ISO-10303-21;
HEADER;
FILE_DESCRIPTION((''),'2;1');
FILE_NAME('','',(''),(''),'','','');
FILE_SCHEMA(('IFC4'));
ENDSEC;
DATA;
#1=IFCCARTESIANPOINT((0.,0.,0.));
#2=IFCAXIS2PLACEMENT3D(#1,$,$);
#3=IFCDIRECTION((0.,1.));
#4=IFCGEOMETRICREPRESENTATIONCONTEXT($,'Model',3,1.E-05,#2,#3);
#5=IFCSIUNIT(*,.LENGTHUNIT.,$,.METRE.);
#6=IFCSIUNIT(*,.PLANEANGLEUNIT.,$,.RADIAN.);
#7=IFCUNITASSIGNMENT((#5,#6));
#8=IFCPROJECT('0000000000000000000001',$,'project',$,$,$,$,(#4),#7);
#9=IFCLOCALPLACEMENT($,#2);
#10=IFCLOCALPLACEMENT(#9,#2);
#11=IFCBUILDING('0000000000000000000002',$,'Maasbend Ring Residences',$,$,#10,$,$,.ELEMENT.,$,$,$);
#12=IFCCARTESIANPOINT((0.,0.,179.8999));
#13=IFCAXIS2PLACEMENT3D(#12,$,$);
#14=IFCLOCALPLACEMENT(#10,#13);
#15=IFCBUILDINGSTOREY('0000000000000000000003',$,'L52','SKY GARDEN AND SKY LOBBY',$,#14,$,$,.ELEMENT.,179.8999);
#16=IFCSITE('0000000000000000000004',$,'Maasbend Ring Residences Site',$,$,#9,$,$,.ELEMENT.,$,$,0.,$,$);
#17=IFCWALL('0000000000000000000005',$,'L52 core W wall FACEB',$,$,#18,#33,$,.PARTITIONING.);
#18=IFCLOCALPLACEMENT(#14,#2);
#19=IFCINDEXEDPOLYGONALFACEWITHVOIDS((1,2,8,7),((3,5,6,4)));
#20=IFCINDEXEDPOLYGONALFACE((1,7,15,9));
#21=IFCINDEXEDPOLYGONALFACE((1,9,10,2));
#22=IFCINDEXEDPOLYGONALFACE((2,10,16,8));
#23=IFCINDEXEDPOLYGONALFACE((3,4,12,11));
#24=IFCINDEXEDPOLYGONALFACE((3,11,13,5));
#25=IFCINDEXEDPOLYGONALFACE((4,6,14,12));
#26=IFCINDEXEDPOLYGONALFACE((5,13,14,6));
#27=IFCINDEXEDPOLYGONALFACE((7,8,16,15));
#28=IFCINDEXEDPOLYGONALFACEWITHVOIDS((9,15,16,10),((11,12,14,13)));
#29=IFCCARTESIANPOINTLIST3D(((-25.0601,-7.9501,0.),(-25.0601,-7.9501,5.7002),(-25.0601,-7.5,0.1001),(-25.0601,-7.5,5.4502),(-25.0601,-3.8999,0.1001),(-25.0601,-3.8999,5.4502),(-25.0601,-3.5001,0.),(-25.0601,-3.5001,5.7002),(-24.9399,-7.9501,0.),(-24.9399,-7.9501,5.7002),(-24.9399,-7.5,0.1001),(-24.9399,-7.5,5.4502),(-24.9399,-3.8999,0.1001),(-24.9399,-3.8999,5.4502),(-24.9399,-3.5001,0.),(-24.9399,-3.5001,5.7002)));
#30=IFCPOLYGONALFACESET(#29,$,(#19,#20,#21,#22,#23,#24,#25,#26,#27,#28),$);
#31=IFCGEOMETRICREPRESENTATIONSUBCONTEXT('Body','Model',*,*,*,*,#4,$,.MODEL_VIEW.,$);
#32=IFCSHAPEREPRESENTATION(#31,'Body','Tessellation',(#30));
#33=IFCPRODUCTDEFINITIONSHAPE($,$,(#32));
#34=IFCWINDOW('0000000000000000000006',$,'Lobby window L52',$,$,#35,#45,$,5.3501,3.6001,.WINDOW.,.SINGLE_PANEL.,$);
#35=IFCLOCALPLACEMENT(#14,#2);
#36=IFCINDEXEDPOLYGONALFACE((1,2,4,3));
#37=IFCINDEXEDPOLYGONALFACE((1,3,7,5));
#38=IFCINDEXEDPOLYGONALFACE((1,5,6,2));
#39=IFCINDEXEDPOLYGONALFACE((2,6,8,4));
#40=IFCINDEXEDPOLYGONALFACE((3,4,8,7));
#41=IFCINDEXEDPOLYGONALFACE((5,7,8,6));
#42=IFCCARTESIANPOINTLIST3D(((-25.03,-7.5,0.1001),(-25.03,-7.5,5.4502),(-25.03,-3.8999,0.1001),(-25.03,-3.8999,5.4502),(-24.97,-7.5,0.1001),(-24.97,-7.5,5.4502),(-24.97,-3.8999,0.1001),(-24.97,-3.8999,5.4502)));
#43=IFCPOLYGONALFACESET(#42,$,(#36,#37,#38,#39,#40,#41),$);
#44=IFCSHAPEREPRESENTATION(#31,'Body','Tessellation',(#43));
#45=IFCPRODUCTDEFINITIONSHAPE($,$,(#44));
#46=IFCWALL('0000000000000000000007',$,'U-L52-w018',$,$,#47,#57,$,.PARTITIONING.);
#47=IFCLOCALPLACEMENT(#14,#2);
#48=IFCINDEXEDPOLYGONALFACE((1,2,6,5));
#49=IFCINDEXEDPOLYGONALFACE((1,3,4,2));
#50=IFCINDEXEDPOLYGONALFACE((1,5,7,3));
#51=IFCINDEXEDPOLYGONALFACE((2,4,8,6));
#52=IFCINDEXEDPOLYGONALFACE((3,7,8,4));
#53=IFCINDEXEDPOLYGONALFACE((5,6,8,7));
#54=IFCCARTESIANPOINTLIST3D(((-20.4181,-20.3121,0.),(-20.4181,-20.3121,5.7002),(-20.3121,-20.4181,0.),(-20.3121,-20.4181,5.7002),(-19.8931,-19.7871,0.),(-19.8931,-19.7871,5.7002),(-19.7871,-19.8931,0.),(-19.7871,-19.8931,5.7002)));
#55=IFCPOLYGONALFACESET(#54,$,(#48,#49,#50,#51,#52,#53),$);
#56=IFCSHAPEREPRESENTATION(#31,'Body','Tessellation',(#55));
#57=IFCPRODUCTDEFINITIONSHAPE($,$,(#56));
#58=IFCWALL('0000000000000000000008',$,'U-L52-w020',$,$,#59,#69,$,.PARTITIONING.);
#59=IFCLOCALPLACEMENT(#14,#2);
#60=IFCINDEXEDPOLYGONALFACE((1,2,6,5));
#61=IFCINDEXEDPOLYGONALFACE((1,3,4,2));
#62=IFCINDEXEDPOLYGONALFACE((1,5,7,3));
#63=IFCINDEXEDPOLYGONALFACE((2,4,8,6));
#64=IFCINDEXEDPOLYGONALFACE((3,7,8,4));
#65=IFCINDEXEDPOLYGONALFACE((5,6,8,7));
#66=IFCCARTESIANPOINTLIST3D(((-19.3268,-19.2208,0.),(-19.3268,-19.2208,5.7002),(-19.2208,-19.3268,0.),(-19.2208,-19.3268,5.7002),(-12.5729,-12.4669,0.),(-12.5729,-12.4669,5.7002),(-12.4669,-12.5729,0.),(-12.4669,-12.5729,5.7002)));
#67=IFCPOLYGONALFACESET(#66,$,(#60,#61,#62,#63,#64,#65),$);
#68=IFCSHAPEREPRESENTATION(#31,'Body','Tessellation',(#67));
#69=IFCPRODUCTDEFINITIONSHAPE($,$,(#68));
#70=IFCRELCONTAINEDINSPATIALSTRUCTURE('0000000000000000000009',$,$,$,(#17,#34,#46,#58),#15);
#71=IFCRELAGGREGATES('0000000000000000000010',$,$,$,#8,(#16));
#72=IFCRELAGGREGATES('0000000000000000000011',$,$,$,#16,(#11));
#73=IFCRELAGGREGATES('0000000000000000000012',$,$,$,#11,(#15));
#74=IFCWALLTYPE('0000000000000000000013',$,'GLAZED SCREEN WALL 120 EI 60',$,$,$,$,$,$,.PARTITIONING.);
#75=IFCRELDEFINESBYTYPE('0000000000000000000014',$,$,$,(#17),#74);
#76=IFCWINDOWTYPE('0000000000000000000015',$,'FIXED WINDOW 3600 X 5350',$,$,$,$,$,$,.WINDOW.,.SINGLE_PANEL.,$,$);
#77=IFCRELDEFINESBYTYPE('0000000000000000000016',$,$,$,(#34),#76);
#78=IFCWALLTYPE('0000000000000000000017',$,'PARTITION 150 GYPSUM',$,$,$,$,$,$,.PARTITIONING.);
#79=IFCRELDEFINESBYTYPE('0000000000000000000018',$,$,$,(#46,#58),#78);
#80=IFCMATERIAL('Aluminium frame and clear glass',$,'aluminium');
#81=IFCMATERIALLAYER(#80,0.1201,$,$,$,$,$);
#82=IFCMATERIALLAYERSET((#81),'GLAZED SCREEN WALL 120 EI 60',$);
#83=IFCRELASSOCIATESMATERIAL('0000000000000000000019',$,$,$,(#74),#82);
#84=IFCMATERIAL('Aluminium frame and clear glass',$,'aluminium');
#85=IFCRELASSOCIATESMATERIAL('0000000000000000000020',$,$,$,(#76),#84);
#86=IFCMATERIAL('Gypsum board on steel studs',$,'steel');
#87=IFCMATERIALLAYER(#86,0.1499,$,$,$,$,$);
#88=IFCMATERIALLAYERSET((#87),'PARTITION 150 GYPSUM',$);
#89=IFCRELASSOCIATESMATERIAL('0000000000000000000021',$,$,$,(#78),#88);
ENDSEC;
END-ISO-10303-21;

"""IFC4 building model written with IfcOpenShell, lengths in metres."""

from ifc_helpers import new_model, si_unit, direction, frame, frame_2d, origin, place, context, subcontext, project, spatial, rectangle, extrude, material, layer, layer_set, type_object, element, fill, save


model = new_model("IFC4")

# Units and contexts
model_context = context("Model", 3, precision=1e-05, world=origin(), true_north=direction((0.0, 1.0)))
body_context = subcontext(model_context, "Body", "Model", "MODEL_VIEW")
ifc_project = project(units=[si_unit("LENGTHUNIT", "METRE"), si_unit("PLANEANGLEUNIT", "RADIAN")], contexts=[model_context])

# Site, building, storey
site_placement = place(None, origin())
site = spatial("IfcSite", under=ifc_project, at=site_placement, Name="Maasbend Ring Residences Site", CompositionType="ELEMENT", RefElevation=0.0)
building_placement = place(site_placement, origin())
building = spatial("IfcBuilding", under=site, at=building_placement, Name="Maasbend Ring Residences", CompositionType="ELEMENT")
storey_placement = place(building_placement, frame((0.0, 0.0, 179.8999)))
storey = spatial("IfcBuildingStorey", under=building, at=storey_placement, Name="L52", Description="SKY GARDEN AND SKY LOBBY", CompositionType="ELEMENT", Elevation=179.8999)

# Wall, opening, window
ifc_material_1 = material(Name="Aluminium frame and clear glass", Category="aluminium")
ifc_layer_1 = layer(ifc_material_1, 0.1201)
ifc_layer_set_1 = layer_set([ifc_layer_1], Name="GLAZED SCREEN WALL 120 EI 60")
wall_type_1 = type_object("IfcWallType", Name="GLAZED SCREEN WALL 120 EI 60", PredefinedType="PARTITIONING", material=ifc_layer_set_1)
wall_1_placement = place(storey_placement, frame((-25.0, -3.5, 0.0), z_axis=(0.0, 0.0, 1.0), x_axis=(0.0, -1.0, 0.0)))
wall_1 = element("IfcWall", 1, at=wall_1_placement, inside=storey, type_object=wall_type_1, Name="L52 core W wall FACEB", PredefinedType="PARTITIONING", context=body_context, shape_type="SweptSolid", body=[
    extrude(rectangle(XDim=4.45, YDim=0.1201, at=frame_2d((2.2251, 0.0))), origin(), (0.0, 0.0, 1.0), 5.7002),
])
opening_1_placement = place(wall_1_placement, frame((0.3999, 0.0, 0.1001)))
opening_1 = element("IfcOpeningElement", 2, at=opening_1_placement, cuts=wall_1, PredefinedType="OPENING", context=body_context, shape_type="SweptSolid", body=[
    extrude(rectangle(XDim=3.6001, YDim=5.3501, at=frame_2d((1.8, 2.675))), frame((0.0, 0.0701, 0.0), z_axis=(0.0, -1.0, 0.0), x_axis=(1.0, 0.0, 0.0)), (0.0, 0.0, 1.0), 0.1401),
])
ifc_material_2 = material(Name="Aluminium frame and clear glass", Category="aluminium")
window_type = type_object("IfcWindowType", Name="FIXED WINDOW 3600 X 5350", PartitioningType="SINGLE_PANEL", PredefinedType="WINDOW", material=ifc_material_2)
window_placement = place(opening_1_placement, origin())
window = element("IfcWindow", 3, at=window_placement, inside=storey, type_object=window_type, Name="Lobby window L52", OverallHeight=5.3501, OverallWidth=3.6001, PartitioningType="SINGLE_PANEL", PredefinedType="WINDOW", context=body_context, shape_type="SweptSolid", body=[
    extrude(rectangle(XDim=3.6001, YDim=5.3501, at=frame_2d((1.8, 2.675))), frame((0.0, 0.03, 0.0), z_axis=(0.0, -1.0, 0.0), x_axis=(1.0, 0.0, 0.0)), (0.0, 0.0, 1.0), 0.0601),
])
fill(opening_1, window)

# Walls
ifc_material_3 = material(Name="Gypsum board on steel studs", Category="steel")
ifc_layer_2 = layer(ifc_material_3, 0.1499)
ifc_layer_set_2 = layer_set([ifc_layer_2], Name="PARTITION 150 GYPSUM")
wall_type_2 = type_object("IfcWallType", Name="PARTITION 150 GYPSUM", PredefinedType="PARTITIONING", material=ifc_layer_set_2)
wall_2_placement = place(storey_placement, frame((-20.365, -20.365, 0.0), z_axis=(0.0, 0.0, 1.0), x_axis=(0.707107, 0.707107, 0.0)))
element("IfcWall", 4, at=wall_2_placement, inside=storey, type_object=wall_type_2, Name="U-L52-w018", PredefinedType="PARTITIONING", context=body_context, shape_type="SweptSolid", body=[
    extrude(rectangle(XDim=0.7424, YDim=0.1499, at=frame_2d((0.3711, 0.0))), origin(), (0.0, 0.0, 1.0), 5.7002),
])
wall_3_placement = place(storey_placement, frame((-19.2739, -19.2739, 0.0), z_axis=(0.0, 0.0, 1.0), x_axis=(0.707107, 0.707107, 0.0)))
element("IfcWall", 5, at=wall_3_placement, inside=storey, type_object=wall_type_2, Name="U-L52-w020", PredefinedType="PARTITIONING", context=body_context, shape_type="SweptSolid", body=[
    extrude(rectangle(XDim=9.5515, YDim=0.1499, at=frame_2d((4.7759, 0.0))), origin(), (0.0, 0.0, 1.0), 5.7002),
])

save(model, "model.ifc")
